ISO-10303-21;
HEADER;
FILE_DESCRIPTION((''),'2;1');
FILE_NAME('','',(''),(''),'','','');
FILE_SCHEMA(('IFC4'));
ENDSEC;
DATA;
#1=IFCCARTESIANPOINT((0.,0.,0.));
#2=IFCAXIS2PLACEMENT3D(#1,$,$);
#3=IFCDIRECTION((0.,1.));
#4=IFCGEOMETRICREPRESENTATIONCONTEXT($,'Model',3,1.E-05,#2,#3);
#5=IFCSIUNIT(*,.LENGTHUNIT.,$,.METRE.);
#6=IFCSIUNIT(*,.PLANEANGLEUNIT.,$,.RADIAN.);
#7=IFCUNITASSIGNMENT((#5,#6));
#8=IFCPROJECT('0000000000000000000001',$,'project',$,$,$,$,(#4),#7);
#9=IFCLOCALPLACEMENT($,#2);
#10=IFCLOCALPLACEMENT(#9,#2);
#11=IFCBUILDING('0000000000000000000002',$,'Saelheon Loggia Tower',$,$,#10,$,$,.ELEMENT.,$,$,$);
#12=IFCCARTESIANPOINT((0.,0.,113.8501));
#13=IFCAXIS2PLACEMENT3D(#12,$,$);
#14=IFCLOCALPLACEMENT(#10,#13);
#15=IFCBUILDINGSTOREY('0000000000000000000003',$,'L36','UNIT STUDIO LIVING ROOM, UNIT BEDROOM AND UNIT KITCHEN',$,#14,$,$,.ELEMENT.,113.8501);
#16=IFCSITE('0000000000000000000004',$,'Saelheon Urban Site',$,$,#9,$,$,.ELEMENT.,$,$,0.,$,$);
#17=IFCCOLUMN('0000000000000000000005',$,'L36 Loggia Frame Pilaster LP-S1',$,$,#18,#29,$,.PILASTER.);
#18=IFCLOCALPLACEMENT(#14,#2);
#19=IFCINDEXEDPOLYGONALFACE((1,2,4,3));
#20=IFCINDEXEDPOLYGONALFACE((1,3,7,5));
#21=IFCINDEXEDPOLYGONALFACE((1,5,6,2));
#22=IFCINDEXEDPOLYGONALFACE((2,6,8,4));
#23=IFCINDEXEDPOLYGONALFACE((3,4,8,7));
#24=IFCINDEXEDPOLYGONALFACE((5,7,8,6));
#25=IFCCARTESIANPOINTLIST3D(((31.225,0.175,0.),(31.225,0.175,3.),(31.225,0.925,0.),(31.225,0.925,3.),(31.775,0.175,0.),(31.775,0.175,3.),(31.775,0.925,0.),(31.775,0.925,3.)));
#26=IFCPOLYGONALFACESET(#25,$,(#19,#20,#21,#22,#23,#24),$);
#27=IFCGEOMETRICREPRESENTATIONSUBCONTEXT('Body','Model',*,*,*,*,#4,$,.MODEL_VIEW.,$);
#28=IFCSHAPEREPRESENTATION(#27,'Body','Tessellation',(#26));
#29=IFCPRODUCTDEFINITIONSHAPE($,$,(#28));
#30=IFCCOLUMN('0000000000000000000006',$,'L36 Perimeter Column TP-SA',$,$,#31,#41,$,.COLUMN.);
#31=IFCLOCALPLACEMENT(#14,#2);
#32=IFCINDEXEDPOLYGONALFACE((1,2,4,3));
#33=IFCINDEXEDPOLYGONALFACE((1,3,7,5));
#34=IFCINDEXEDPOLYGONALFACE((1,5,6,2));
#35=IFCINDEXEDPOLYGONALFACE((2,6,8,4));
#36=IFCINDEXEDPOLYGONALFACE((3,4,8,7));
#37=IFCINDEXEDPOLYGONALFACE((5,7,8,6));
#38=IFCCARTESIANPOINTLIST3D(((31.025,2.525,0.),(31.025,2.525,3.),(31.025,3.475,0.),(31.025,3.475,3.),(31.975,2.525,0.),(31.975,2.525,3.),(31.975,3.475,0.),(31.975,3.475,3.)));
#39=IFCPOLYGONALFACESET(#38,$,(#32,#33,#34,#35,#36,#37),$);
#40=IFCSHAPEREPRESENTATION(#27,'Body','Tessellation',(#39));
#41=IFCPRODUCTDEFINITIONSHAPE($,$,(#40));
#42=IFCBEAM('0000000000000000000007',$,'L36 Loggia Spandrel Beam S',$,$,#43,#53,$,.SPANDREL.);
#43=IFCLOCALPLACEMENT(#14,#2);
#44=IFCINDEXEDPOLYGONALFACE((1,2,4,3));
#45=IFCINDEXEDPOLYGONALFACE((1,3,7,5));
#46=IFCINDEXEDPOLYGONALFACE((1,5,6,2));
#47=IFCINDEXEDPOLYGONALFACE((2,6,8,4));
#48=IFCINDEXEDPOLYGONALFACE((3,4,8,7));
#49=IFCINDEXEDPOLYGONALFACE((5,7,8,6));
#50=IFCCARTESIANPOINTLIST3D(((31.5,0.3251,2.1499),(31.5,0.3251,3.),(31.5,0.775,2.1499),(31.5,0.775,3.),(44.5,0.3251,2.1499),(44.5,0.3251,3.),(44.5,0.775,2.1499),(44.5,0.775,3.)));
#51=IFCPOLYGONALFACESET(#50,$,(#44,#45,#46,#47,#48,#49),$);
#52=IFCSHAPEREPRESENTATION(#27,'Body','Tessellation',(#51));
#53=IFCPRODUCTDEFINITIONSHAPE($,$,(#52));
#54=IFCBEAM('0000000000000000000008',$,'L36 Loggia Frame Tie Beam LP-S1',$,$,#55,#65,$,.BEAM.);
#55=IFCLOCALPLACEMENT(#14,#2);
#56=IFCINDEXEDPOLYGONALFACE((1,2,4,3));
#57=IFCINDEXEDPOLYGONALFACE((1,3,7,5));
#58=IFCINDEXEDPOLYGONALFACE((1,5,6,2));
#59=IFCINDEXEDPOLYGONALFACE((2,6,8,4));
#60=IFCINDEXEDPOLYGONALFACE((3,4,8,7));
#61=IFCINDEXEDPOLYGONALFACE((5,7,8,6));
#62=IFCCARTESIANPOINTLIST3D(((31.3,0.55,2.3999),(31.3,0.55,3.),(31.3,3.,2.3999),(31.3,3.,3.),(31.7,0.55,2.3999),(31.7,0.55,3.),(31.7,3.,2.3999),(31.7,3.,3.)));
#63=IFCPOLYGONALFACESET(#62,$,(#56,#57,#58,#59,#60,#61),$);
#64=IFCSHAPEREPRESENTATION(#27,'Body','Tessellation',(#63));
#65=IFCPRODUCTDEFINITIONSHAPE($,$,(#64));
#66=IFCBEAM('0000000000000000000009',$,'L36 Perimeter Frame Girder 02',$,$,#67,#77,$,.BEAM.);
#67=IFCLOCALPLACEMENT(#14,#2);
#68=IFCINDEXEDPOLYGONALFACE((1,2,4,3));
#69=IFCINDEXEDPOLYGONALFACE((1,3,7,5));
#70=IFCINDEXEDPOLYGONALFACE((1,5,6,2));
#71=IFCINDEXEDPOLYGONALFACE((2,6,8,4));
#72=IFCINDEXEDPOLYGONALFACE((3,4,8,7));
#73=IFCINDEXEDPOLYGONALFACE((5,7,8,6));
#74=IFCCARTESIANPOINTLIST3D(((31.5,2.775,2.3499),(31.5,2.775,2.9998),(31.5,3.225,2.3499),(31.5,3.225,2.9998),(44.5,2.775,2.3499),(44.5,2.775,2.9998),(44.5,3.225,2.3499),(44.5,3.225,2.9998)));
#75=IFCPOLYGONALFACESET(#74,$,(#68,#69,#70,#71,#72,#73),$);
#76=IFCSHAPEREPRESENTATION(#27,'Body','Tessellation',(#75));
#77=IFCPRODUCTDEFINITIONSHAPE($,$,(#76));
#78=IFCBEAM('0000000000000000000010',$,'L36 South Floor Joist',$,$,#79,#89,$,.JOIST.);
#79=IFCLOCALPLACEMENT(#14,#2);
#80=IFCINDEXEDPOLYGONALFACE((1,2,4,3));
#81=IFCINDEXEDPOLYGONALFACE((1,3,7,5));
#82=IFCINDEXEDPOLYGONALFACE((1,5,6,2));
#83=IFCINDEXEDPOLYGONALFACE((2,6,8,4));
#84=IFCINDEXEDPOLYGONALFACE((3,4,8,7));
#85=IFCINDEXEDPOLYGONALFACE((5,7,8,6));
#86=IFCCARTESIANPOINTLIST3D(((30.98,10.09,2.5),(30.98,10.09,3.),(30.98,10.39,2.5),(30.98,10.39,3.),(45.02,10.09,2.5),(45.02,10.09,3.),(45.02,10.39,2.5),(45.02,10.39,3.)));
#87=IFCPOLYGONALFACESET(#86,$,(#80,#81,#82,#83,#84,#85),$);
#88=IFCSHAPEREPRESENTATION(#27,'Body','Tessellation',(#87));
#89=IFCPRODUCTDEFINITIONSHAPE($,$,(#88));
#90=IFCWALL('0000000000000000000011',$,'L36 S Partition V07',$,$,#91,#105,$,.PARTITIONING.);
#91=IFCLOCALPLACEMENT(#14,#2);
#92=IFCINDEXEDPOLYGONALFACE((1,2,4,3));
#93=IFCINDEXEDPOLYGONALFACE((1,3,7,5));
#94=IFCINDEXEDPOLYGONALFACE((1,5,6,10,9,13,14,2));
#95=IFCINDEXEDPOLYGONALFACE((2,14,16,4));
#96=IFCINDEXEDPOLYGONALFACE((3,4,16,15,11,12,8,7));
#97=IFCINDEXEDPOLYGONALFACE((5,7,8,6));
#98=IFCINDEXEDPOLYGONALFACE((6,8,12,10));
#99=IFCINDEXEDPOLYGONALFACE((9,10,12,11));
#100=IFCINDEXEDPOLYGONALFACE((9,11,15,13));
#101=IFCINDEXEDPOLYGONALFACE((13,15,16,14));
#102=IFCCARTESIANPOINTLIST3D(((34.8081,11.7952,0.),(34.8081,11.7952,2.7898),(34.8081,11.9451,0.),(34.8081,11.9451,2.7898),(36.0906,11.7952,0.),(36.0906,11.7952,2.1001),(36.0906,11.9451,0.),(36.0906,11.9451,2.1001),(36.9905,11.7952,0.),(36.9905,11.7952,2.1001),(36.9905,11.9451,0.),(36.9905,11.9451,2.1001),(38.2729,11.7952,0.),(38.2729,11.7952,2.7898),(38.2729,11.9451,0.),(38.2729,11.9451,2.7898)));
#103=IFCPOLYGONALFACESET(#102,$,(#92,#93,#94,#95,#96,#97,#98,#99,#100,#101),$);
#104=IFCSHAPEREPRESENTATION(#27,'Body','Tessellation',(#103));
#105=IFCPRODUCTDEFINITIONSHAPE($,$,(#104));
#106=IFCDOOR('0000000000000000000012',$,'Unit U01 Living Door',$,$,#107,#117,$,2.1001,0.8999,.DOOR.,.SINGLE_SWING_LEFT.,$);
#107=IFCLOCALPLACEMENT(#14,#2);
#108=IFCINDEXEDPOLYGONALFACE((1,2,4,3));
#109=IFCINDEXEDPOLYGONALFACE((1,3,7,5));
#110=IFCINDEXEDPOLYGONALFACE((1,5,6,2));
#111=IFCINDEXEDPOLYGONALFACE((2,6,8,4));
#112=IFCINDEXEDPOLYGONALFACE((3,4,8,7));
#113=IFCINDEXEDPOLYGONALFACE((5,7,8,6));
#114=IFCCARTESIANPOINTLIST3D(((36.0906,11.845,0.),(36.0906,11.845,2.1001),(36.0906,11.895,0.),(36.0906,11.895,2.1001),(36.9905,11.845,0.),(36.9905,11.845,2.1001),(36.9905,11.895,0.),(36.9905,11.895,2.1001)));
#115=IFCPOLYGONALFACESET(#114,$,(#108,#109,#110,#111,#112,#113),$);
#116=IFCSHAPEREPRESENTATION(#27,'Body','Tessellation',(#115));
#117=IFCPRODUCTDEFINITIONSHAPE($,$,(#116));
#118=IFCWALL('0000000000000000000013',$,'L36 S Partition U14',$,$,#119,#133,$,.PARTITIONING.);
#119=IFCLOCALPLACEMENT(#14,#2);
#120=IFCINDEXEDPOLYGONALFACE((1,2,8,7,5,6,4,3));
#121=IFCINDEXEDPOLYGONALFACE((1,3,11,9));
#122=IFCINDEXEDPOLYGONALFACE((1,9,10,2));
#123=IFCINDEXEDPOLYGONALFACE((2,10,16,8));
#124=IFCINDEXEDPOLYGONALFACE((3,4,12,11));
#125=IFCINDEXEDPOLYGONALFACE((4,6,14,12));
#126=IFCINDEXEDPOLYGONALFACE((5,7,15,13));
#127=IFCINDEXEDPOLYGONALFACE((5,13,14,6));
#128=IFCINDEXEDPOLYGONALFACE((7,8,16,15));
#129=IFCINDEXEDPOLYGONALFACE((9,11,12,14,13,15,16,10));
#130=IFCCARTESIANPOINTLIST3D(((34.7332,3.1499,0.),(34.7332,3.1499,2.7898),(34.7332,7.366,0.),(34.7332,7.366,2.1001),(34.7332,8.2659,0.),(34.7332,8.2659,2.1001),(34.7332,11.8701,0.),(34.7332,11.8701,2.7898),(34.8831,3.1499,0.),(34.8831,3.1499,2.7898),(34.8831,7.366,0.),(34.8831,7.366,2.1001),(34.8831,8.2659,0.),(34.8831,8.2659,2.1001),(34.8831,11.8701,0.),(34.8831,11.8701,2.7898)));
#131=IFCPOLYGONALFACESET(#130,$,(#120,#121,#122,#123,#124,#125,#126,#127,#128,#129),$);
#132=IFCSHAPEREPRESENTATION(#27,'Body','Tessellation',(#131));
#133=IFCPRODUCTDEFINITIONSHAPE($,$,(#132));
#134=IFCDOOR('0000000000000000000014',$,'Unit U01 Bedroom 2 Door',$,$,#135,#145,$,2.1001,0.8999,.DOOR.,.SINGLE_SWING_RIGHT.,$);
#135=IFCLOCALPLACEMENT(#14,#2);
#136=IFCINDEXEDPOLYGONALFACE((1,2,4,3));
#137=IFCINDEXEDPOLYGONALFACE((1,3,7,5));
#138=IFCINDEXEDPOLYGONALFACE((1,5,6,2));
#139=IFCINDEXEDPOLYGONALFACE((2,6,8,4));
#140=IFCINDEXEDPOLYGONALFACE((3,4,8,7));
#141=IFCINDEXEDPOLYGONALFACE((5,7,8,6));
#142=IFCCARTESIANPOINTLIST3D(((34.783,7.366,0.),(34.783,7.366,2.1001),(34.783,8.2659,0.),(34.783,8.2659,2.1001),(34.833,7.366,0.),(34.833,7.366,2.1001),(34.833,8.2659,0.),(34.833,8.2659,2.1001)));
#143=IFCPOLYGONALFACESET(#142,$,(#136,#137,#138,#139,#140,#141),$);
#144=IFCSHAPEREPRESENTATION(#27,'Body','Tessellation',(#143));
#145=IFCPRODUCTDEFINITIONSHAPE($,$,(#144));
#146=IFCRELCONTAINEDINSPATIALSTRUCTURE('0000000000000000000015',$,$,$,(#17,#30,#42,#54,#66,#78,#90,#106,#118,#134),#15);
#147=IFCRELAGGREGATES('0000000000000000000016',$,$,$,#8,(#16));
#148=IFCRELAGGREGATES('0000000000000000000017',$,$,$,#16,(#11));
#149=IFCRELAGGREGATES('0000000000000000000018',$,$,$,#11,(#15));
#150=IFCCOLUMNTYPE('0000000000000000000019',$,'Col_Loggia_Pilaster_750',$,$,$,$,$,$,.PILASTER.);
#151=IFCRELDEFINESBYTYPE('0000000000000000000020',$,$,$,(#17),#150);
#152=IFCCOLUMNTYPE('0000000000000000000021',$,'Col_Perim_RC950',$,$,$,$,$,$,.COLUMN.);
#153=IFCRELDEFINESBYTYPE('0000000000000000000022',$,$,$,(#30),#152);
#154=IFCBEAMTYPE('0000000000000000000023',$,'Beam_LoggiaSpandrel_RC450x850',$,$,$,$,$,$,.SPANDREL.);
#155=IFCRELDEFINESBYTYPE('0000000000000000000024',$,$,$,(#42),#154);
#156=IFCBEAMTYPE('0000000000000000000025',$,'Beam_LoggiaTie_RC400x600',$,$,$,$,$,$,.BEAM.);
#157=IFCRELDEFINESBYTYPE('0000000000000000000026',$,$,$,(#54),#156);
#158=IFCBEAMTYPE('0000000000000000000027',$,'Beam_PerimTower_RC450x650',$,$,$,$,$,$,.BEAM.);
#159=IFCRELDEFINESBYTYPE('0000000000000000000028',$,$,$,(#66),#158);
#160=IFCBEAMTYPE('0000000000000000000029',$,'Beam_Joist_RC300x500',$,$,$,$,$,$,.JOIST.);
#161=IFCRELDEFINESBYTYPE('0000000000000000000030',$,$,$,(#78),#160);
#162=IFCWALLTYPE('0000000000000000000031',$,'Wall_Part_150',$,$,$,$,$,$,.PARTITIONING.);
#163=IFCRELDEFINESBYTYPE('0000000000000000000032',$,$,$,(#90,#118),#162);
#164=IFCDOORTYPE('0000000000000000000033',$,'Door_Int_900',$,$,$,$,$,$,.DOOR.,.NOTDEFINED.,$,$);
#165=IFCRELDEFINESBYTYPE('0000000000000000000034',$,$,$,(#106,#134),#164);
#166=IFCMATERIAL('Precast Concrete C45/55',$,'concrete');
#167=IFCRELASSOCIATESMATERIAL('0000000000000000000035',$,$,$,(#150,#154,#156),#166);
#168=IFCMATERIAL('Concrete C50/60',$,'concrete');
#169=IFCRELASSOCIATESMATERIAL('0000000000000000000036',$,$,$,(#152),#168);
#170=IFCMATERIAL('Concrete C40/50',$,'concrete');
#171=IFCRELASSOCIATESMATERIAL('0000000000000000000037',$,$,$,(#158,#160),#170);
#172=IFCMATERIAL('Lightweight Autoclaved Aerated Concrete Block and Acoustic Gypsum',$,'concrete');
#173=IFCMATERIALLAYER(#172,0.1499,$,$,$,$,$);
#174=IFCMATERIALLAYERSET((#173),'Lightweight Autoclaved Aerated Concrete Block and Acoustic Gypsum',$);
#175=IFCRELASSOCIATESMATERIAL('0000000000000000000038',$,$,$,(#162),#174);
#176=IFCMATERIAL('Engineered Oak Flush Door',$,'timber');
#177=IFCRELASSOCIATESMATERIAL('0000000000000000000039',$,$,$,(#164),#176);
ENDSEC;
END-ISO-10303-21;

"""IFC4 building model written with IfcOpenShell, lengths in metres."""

from ifc_helpers import new_model, si_unit, direction, frame, frame_2d, origin, origin_2d, place, context, subcontext, project, spatial, rectangle, extrude, source, transform, mapped, material, layer, layer_set, material_profile, profile_set, type_object, element, fill, save


model = new_model("IFC4")

# Units and contexts
model_context = context("Model", 3, precision=1e-05, world=origin(), true_north=direction((0.0, 1.0)))
body_context = subcontext(model_context, "Body", "Model", "MODEL_VIEW")
ifc_project = project(units=[si_unit("LENGTHUNIT", "METRE"), si_unit("PLANEANGLEUNIT", "RADIAN")], contexts=[model_context])

# Site, building, storey
site_placement = place(None, origin())
site = spatial("IfcSite", under=ifc_project, at=site_placement, Name="Saelheon Urban Site", CompositionType="ELEMENT", RefElevation=0.0)
building_placement = place(site_placement, origin())
building = spatial("IfcBuilding", under=site, at=building_placement, Name="Saelheon Loggia Tower", CompositionType="ELEMENT")
storey_placement = place(building_placement, frame((0.0, 0.0, 113.8501)))
storey = spatial("IfcBuildingStorey", under=building, at=storey_placement, Name="L36", Description="UNIT STUDIO LIVING ROOM, UNIT BEDROOM AND UNIT KITCHEN", CompositionType="ELEMENT", Elevation=113.8501)

# Columns
ifc_material_1 = material(Name="Precast Concrete C45/55", Category="concrete")
ifc_material_profile_1 = material_profile(ifc_material_1, rectangle(XDim=0.55, YDim=0.75, at=origin_2d()), Name="RC-550x750")
ifc_profile_set_1 = profile_set([ifc_material_profile_1], Name="Precast Concrete C45/55")
column_type_1 = type_object("IfcColumnType", Name="Col_Loggia_Pilaster_750", PredefinedType="PILASTER", material=ifc_profile_set_1)
shared_shape_1 = source(origin(), body_context, "Body", "SweptSolid", [
    extrude(rectangle(XDim=0.55, YDim=0.75, at=origin_2d()), origin(), (0.0, 0.0, 1.0), 3.0),
])
column_1_placement = place(storey_placement, frame((31.5, 0.55, 0.0), z_axis=(0.0, 0.0, 1.0), x_axis=(1.0, 0.0, 0.0)))
element("IfcColumn", 1, at=column_1_placement, inside=storey, type_object=column_type_1, Name="L36 Loggia Frame Pilaster LP-S1", PredefinedType="PILASTER", context=body_context, shape_type="MappedRepresentation", body=[
    mapped(shared_shape_1, transform((0.0, 0.0, 0.0), scale=1.0)),
])
ifc_material_2 = material(Name="Concrete C50/60", Category="concrete")
ifc_material_profile_2 = material_profile(ifc_material_2, rectangle(XDim=0.95, YDim=0.95, at=origin_2d()), Name="RC-950x950")
ifc_profile_set_2 = profile_set([ifc_material_profile_2], Name="Concrete C50/60")
column_type_2 = type_object("IfcColumnType", Name="Col_Perim_RC950", PredefinedType="COLUMN", material=ifc_profile_set_2)
shared_shape_2 = source(origin(), body_context, "Body", "SweptSolid", [
    extrude(rectangle(XDim=0.95, YDim=0.95, at=origin_2d()), origin(), (0.0, 0.0, 1.0), 3.0),
])
column_2_placement = place(storey_placement, frame((31.5, 3.0, 0.0), z_axis=(0.0, 0.0, 1.0), x_axis=(1.0, 0.0, 0.0)))
element("IfcColumn", 2, at=column_2_placement, inside=storey, type_object=column_type_2, Name="L36 Perimeter Column TP-SA", PredefinedType="COLUMN", context=body_context, shape_type="MappedRepresentation", body=[
    mapped(shared_shape_2, transform((0.0, 0.0, 0.0), scale=1.0)),
])

# Beams
ifc_material_profile_3 = material_profile(ifc_material_1, rectangle(XDim=0.45, YDim=0.8501, at=origin_2d()), Name="RC-450x850")
ifc_profile_set_3 = profile_set([ifc_material_profile_3], Name="Precast Concrete C45/55")
beam_type_1 = type_object("IfcBeamType", Name="Beam_LoggiaSpandrel_RC450x850", PredefinedType="SPANDREL", material=ifc_profile_set_3)
shared_shape_3 = source(origin(), body_context, "Body", "SweptSolid", [
    extrude(rectangle(XDim=0.45, YDim=0.8501, at=origin_2d()), origin(), (0.0, 0.0, 1.0), 13.0),
])
beam_1_placement = place(storey_placement, frame((31.5, 0.55, 2.575), z_axis=(1.0, 0.0, 0.0), x_axis=(0.0, 1.0, 0.0)))
element("IfcBeam", 3, at=beam_1_placement, inside=storey, type_object=beam_type_1, Name="L36 Loggia Spandrel Beam S", PredefinedType="SPANDREL", context=body_context, shape_type="MappedRepresentation", body=[
    mapped(shared_shape_3, transform((0.0, 0.0, 0.0), scale=1.0)),
])
ifc_material_profile_4 = material_profile(ifc_material_1, rectangle(XDim=0.3999, YDim=0.6001, at=origin_2d()), Name="RC-400x600")
ifc_profile_set_4 = profile_set([ifc_material_profile_4], Name="Precast Concrete C45/55")
beam_type_2 = type_object("IfcBeamType", Name="Beam_LoggiaTie_RC400x600", PredefinedType="BEAM", material=ifc_profile_set_4)
shared_shape_4 = source(origin(), body_context, "Body", "SweptSolid", [
    extrude(rectangle(XDim=0.3999, YDim=0.6001, at=origin_2d()), origin(), (0.0, 0.0, 1.0), 2.45),
])
beam_2_placement = place(storey_placement, frame((31.5, 3.0, 2.7), z_axis=(0.0, -1.0, 0.0), x_axis=(1.0, 0.0, 0.0)))
element("IfcBeam", 4, at=beam_2_placement, inside=storey, type_object=beam_type_2, Name="L36 Loggia Frame Tie Beam LP-S1", PredefinedType="BEAM", context=body_context, shape_type="MappedRepresentation", body=[
    mapped(shared_shape_4, transform((0.0, 0.0, 0.0), scale=1.0)),
])
ifc_material_3 = material(Name="Concrete C40/50", Category="concrete")
ifc_material_profile_5 = material_profile(ifc_material_3, rectangle(XDim=0.45, YDim=0.6499, at=origin_2d()), Name="RC-450x650")
ifc_profile_set_5 = profile_set([ifc_material_profile_5], Name="Concrete C40/50")
beam_type_3 = type_object("IfcBeamType", Name="Beam_PerimTower_RC450x650", PredefinedType="BEAM", material=ifc_profile_set_5)
shared_shape_5 = source(origin(), body_context, "Body", "SweptSolid", [
    extrude(rectangle(XDim=0.45, YDim=0.6499, at=origin_2d()), origin(), (0.0, 0.0, 1.0), 13.0),
])
beam_3_placement = place(storey_placement, frame((31.5, 3.0, 2.6748), z_axis=(1.0, 0.0, 0.0), x_axis=(0.0, 1.0, 0.0)))
element("IfcBeam", 5, at=beam_3_placement, inside=storey, type_object=beam_type_3, Name="L36 Perimeter Frame Girder 02", PredefinedType="BEAM", context=body_context, shape_type="MappedRepresentation", body=[
    mapped(shared_shape_5, transform((0.0, 0.0, 0.0), scale=1.0)),
])
ifc_material_profile_6 = material_profile(ifc_material_3, rectangle(XDim=0.3, YDim=0.5, at=origin_2d()), Name="RC-300x500")
ifc_profile_set_6 = profile_set([ifc_material_profile_6], Name="Concrete C40/50")
beam_type_4 = type_object("IfcBeamType", Name="Beam_Joist_RC300x500", PredefinedType="JOIST", material=ifc_profile_set_6)
shared_shape_6 = source(origin(), body_context, "Body", "SweptSolid", [
    extrude(rectangle(XDim=0.3, YDim=0.5, at=origin_2d()), origin(), (0.0, 0.0, 1.0), 14.04),
])
beam_4_placement = place(storey_placement, frame((30.98, 10.24, 2.75), z_axis=(1.0, 0.0, 0.0), x_axis=(0.0, 1.0, 0.0)))
element("IfcBeam", 6, at=beam_4_placement, inside=storey, type_object=beam_type_4, Name="L36 South Floor Joist", PredefinedType="JOIST", context=body_context, shape_type="MappedRepresentation", body=[
    mapped(shared_shape_6, transform((0.0, 0.0, 0.0), scale=1.0)),
])

# Walls, openings, doors
ifc_material_4 = material(Name="Lightweight Autoclaved Aerated Concrete Block and Acoustic Gypsum", Category="concrete")
ifc_layer_1 = layer(ifc_material_4, 0.1499)
ifc_layer_set_1 = layer_set([ifc_layer_1], Name="Lightweight Autoclaved Aerated Concrete Block and Acoustic Gypsum")
wall_type_1 = type_object("IfcWallType", Name="Wall_Part_150", PredefinedType="PARTITIONING", material=ifc_layer_set_1)
wall_1_placement = place(storey_placement, frame((34.8081, 11.8701, 0.0), z_axis=(0.0, 0.0, 1.0), x_axis=(1.0, 0.0, 0.0)))
wall_1 = element("IfcWall", 7, at=wall_1_placement, inside=storey, type_object=wall_type_1, Name="L36 S Partition V07", PredefinedType="PARTITIONING", context=body_context, shape_type="SweptSolid", body=[
    extrude(rectangle(XDim=3.4648, YDim=0.1499, at=frame_2d((1.7324, 0.0))), origin(), (0.0, 0.0, 1.0), 2.7898),
])
opening_1_placement = place(wall_1_placement, frame((1.2825, 0.0, 0.0)))
opening_1 = element("IfcOpeningElement", 8, at=opening_1_placement, cuts=wall_1, PredefinedType="OPENING", context=body_context, shape_type="SweptSolid", body=[
    extrude(rectangle(XDim=0.8999, YDim=2.1001, at=frame_2d((0.45, 1.05))), frame((0.0, 0.0869, 0.0), z_axis=(0.0, -1.0, 0.0), x_axis=(1.0, 0.0, 0.0)), (0.0, 0.0, 1.0), 0.1738),
])
ifc_material_5 = material(Name="Engineered Oak Flush Door", Category="timber")
door_type_1 = type_object("IfcDoorType", Name="Door_Int_900", OperationType="NOTDEFINED", PredefinedType="DOOR", material=ifc_material_5)
shared_shape_7 = source(origin(), body_context, "Body", "SweptSolid", [
    extrude(rectangle(XDim=0.8999, YDim=2.1001, at=frame_2d((0.45, 1.05))), frame((0.0, 0.0249, 0.0), z_axis=(0.0, -1.0, 0.0), x_axis=(1.0, 0.0, 0.0)), (0.0, 0.0, 1.0), 0.05),
])
door_1_placement = place(opening_1_placement, origin())
door_1 = element("IfcDoor", 9, at=door_1_placement, inside=storey, type_object=door_type_1, Name="Unit U01 Living Door", OperationType="SINGLE_SWING_LEFT", OverallHeight=2.1001, OverallWidth=0.8999, PredefinedType="DOOR", context=body_context, shape_type="MappedRepresentation", body=[
    mapped(shared_shape_7, transform((0.0, 0.0, 0.0), scale=1.0)),
])
fill(opening_1, door_1)
wall_2_placement = place(storey_placement, frame((34.8081, 11.8701, 0.0), z_axis=(0.0, 0.0, 1.0), x_axis=(0.0, -1.0, 0.0)))
wall_2 = element("IfcWall", 10, at=wall_2_placement, inside=storey, type_object=wall_type_1, Name="L36 S Partition U14", PredefinedType="PARTITIONING", context=body_context, shape_type="SweptSolid", body=[
    extrude(rectangle(XDim=8.7202, YDim=0.1499, at=frame_2d((4.3601, 0.0))), origin(), (0.0, 0.0, 1.0), 2.7898),
])
opening_2_placement = place(wall_2_placement, frame((3.6042, 0.0, 0.0)))
opening_2 = element("IfcOpeningElement", 11, at=opening_2_placement, cuts=wall_2, PredefinedType="OPENING", context=body_context, shape_type="SweptSolid", body=[
    extrude(rectangle(XDim=0.8999, YDim=2.1001, at=frame_2d((0.45, 1.05))), frame((0.0, 0.0869, 0.0), z_axis=(0.0, -1.0, 0.0), x_axis=(1.0, 0.0, 0.0)), (0.0, 0.0, 1.0), 0.1738),
])
door_2_placement = place(opening_2_placement, origin())
door_2 = element("IfcDoor", 12, at=door_2_placement, inside=storey, type_object=door_type_1, Name="Unit U01 Bedroom 2 Door", OperationType="SINGLE_SWING_RIGHT", OverallHeight=2.1001, OverallWidth=0.8999, PredefinedType="DOOR", context=body_context, shape_type="MappedRepresentation", body=[
    mapped(shared_shape_7, transform((0.0, 0.0, 0.0), scale=1.0)),
])
fill(opening_2, door_2)

save(model, "model.ifc")
